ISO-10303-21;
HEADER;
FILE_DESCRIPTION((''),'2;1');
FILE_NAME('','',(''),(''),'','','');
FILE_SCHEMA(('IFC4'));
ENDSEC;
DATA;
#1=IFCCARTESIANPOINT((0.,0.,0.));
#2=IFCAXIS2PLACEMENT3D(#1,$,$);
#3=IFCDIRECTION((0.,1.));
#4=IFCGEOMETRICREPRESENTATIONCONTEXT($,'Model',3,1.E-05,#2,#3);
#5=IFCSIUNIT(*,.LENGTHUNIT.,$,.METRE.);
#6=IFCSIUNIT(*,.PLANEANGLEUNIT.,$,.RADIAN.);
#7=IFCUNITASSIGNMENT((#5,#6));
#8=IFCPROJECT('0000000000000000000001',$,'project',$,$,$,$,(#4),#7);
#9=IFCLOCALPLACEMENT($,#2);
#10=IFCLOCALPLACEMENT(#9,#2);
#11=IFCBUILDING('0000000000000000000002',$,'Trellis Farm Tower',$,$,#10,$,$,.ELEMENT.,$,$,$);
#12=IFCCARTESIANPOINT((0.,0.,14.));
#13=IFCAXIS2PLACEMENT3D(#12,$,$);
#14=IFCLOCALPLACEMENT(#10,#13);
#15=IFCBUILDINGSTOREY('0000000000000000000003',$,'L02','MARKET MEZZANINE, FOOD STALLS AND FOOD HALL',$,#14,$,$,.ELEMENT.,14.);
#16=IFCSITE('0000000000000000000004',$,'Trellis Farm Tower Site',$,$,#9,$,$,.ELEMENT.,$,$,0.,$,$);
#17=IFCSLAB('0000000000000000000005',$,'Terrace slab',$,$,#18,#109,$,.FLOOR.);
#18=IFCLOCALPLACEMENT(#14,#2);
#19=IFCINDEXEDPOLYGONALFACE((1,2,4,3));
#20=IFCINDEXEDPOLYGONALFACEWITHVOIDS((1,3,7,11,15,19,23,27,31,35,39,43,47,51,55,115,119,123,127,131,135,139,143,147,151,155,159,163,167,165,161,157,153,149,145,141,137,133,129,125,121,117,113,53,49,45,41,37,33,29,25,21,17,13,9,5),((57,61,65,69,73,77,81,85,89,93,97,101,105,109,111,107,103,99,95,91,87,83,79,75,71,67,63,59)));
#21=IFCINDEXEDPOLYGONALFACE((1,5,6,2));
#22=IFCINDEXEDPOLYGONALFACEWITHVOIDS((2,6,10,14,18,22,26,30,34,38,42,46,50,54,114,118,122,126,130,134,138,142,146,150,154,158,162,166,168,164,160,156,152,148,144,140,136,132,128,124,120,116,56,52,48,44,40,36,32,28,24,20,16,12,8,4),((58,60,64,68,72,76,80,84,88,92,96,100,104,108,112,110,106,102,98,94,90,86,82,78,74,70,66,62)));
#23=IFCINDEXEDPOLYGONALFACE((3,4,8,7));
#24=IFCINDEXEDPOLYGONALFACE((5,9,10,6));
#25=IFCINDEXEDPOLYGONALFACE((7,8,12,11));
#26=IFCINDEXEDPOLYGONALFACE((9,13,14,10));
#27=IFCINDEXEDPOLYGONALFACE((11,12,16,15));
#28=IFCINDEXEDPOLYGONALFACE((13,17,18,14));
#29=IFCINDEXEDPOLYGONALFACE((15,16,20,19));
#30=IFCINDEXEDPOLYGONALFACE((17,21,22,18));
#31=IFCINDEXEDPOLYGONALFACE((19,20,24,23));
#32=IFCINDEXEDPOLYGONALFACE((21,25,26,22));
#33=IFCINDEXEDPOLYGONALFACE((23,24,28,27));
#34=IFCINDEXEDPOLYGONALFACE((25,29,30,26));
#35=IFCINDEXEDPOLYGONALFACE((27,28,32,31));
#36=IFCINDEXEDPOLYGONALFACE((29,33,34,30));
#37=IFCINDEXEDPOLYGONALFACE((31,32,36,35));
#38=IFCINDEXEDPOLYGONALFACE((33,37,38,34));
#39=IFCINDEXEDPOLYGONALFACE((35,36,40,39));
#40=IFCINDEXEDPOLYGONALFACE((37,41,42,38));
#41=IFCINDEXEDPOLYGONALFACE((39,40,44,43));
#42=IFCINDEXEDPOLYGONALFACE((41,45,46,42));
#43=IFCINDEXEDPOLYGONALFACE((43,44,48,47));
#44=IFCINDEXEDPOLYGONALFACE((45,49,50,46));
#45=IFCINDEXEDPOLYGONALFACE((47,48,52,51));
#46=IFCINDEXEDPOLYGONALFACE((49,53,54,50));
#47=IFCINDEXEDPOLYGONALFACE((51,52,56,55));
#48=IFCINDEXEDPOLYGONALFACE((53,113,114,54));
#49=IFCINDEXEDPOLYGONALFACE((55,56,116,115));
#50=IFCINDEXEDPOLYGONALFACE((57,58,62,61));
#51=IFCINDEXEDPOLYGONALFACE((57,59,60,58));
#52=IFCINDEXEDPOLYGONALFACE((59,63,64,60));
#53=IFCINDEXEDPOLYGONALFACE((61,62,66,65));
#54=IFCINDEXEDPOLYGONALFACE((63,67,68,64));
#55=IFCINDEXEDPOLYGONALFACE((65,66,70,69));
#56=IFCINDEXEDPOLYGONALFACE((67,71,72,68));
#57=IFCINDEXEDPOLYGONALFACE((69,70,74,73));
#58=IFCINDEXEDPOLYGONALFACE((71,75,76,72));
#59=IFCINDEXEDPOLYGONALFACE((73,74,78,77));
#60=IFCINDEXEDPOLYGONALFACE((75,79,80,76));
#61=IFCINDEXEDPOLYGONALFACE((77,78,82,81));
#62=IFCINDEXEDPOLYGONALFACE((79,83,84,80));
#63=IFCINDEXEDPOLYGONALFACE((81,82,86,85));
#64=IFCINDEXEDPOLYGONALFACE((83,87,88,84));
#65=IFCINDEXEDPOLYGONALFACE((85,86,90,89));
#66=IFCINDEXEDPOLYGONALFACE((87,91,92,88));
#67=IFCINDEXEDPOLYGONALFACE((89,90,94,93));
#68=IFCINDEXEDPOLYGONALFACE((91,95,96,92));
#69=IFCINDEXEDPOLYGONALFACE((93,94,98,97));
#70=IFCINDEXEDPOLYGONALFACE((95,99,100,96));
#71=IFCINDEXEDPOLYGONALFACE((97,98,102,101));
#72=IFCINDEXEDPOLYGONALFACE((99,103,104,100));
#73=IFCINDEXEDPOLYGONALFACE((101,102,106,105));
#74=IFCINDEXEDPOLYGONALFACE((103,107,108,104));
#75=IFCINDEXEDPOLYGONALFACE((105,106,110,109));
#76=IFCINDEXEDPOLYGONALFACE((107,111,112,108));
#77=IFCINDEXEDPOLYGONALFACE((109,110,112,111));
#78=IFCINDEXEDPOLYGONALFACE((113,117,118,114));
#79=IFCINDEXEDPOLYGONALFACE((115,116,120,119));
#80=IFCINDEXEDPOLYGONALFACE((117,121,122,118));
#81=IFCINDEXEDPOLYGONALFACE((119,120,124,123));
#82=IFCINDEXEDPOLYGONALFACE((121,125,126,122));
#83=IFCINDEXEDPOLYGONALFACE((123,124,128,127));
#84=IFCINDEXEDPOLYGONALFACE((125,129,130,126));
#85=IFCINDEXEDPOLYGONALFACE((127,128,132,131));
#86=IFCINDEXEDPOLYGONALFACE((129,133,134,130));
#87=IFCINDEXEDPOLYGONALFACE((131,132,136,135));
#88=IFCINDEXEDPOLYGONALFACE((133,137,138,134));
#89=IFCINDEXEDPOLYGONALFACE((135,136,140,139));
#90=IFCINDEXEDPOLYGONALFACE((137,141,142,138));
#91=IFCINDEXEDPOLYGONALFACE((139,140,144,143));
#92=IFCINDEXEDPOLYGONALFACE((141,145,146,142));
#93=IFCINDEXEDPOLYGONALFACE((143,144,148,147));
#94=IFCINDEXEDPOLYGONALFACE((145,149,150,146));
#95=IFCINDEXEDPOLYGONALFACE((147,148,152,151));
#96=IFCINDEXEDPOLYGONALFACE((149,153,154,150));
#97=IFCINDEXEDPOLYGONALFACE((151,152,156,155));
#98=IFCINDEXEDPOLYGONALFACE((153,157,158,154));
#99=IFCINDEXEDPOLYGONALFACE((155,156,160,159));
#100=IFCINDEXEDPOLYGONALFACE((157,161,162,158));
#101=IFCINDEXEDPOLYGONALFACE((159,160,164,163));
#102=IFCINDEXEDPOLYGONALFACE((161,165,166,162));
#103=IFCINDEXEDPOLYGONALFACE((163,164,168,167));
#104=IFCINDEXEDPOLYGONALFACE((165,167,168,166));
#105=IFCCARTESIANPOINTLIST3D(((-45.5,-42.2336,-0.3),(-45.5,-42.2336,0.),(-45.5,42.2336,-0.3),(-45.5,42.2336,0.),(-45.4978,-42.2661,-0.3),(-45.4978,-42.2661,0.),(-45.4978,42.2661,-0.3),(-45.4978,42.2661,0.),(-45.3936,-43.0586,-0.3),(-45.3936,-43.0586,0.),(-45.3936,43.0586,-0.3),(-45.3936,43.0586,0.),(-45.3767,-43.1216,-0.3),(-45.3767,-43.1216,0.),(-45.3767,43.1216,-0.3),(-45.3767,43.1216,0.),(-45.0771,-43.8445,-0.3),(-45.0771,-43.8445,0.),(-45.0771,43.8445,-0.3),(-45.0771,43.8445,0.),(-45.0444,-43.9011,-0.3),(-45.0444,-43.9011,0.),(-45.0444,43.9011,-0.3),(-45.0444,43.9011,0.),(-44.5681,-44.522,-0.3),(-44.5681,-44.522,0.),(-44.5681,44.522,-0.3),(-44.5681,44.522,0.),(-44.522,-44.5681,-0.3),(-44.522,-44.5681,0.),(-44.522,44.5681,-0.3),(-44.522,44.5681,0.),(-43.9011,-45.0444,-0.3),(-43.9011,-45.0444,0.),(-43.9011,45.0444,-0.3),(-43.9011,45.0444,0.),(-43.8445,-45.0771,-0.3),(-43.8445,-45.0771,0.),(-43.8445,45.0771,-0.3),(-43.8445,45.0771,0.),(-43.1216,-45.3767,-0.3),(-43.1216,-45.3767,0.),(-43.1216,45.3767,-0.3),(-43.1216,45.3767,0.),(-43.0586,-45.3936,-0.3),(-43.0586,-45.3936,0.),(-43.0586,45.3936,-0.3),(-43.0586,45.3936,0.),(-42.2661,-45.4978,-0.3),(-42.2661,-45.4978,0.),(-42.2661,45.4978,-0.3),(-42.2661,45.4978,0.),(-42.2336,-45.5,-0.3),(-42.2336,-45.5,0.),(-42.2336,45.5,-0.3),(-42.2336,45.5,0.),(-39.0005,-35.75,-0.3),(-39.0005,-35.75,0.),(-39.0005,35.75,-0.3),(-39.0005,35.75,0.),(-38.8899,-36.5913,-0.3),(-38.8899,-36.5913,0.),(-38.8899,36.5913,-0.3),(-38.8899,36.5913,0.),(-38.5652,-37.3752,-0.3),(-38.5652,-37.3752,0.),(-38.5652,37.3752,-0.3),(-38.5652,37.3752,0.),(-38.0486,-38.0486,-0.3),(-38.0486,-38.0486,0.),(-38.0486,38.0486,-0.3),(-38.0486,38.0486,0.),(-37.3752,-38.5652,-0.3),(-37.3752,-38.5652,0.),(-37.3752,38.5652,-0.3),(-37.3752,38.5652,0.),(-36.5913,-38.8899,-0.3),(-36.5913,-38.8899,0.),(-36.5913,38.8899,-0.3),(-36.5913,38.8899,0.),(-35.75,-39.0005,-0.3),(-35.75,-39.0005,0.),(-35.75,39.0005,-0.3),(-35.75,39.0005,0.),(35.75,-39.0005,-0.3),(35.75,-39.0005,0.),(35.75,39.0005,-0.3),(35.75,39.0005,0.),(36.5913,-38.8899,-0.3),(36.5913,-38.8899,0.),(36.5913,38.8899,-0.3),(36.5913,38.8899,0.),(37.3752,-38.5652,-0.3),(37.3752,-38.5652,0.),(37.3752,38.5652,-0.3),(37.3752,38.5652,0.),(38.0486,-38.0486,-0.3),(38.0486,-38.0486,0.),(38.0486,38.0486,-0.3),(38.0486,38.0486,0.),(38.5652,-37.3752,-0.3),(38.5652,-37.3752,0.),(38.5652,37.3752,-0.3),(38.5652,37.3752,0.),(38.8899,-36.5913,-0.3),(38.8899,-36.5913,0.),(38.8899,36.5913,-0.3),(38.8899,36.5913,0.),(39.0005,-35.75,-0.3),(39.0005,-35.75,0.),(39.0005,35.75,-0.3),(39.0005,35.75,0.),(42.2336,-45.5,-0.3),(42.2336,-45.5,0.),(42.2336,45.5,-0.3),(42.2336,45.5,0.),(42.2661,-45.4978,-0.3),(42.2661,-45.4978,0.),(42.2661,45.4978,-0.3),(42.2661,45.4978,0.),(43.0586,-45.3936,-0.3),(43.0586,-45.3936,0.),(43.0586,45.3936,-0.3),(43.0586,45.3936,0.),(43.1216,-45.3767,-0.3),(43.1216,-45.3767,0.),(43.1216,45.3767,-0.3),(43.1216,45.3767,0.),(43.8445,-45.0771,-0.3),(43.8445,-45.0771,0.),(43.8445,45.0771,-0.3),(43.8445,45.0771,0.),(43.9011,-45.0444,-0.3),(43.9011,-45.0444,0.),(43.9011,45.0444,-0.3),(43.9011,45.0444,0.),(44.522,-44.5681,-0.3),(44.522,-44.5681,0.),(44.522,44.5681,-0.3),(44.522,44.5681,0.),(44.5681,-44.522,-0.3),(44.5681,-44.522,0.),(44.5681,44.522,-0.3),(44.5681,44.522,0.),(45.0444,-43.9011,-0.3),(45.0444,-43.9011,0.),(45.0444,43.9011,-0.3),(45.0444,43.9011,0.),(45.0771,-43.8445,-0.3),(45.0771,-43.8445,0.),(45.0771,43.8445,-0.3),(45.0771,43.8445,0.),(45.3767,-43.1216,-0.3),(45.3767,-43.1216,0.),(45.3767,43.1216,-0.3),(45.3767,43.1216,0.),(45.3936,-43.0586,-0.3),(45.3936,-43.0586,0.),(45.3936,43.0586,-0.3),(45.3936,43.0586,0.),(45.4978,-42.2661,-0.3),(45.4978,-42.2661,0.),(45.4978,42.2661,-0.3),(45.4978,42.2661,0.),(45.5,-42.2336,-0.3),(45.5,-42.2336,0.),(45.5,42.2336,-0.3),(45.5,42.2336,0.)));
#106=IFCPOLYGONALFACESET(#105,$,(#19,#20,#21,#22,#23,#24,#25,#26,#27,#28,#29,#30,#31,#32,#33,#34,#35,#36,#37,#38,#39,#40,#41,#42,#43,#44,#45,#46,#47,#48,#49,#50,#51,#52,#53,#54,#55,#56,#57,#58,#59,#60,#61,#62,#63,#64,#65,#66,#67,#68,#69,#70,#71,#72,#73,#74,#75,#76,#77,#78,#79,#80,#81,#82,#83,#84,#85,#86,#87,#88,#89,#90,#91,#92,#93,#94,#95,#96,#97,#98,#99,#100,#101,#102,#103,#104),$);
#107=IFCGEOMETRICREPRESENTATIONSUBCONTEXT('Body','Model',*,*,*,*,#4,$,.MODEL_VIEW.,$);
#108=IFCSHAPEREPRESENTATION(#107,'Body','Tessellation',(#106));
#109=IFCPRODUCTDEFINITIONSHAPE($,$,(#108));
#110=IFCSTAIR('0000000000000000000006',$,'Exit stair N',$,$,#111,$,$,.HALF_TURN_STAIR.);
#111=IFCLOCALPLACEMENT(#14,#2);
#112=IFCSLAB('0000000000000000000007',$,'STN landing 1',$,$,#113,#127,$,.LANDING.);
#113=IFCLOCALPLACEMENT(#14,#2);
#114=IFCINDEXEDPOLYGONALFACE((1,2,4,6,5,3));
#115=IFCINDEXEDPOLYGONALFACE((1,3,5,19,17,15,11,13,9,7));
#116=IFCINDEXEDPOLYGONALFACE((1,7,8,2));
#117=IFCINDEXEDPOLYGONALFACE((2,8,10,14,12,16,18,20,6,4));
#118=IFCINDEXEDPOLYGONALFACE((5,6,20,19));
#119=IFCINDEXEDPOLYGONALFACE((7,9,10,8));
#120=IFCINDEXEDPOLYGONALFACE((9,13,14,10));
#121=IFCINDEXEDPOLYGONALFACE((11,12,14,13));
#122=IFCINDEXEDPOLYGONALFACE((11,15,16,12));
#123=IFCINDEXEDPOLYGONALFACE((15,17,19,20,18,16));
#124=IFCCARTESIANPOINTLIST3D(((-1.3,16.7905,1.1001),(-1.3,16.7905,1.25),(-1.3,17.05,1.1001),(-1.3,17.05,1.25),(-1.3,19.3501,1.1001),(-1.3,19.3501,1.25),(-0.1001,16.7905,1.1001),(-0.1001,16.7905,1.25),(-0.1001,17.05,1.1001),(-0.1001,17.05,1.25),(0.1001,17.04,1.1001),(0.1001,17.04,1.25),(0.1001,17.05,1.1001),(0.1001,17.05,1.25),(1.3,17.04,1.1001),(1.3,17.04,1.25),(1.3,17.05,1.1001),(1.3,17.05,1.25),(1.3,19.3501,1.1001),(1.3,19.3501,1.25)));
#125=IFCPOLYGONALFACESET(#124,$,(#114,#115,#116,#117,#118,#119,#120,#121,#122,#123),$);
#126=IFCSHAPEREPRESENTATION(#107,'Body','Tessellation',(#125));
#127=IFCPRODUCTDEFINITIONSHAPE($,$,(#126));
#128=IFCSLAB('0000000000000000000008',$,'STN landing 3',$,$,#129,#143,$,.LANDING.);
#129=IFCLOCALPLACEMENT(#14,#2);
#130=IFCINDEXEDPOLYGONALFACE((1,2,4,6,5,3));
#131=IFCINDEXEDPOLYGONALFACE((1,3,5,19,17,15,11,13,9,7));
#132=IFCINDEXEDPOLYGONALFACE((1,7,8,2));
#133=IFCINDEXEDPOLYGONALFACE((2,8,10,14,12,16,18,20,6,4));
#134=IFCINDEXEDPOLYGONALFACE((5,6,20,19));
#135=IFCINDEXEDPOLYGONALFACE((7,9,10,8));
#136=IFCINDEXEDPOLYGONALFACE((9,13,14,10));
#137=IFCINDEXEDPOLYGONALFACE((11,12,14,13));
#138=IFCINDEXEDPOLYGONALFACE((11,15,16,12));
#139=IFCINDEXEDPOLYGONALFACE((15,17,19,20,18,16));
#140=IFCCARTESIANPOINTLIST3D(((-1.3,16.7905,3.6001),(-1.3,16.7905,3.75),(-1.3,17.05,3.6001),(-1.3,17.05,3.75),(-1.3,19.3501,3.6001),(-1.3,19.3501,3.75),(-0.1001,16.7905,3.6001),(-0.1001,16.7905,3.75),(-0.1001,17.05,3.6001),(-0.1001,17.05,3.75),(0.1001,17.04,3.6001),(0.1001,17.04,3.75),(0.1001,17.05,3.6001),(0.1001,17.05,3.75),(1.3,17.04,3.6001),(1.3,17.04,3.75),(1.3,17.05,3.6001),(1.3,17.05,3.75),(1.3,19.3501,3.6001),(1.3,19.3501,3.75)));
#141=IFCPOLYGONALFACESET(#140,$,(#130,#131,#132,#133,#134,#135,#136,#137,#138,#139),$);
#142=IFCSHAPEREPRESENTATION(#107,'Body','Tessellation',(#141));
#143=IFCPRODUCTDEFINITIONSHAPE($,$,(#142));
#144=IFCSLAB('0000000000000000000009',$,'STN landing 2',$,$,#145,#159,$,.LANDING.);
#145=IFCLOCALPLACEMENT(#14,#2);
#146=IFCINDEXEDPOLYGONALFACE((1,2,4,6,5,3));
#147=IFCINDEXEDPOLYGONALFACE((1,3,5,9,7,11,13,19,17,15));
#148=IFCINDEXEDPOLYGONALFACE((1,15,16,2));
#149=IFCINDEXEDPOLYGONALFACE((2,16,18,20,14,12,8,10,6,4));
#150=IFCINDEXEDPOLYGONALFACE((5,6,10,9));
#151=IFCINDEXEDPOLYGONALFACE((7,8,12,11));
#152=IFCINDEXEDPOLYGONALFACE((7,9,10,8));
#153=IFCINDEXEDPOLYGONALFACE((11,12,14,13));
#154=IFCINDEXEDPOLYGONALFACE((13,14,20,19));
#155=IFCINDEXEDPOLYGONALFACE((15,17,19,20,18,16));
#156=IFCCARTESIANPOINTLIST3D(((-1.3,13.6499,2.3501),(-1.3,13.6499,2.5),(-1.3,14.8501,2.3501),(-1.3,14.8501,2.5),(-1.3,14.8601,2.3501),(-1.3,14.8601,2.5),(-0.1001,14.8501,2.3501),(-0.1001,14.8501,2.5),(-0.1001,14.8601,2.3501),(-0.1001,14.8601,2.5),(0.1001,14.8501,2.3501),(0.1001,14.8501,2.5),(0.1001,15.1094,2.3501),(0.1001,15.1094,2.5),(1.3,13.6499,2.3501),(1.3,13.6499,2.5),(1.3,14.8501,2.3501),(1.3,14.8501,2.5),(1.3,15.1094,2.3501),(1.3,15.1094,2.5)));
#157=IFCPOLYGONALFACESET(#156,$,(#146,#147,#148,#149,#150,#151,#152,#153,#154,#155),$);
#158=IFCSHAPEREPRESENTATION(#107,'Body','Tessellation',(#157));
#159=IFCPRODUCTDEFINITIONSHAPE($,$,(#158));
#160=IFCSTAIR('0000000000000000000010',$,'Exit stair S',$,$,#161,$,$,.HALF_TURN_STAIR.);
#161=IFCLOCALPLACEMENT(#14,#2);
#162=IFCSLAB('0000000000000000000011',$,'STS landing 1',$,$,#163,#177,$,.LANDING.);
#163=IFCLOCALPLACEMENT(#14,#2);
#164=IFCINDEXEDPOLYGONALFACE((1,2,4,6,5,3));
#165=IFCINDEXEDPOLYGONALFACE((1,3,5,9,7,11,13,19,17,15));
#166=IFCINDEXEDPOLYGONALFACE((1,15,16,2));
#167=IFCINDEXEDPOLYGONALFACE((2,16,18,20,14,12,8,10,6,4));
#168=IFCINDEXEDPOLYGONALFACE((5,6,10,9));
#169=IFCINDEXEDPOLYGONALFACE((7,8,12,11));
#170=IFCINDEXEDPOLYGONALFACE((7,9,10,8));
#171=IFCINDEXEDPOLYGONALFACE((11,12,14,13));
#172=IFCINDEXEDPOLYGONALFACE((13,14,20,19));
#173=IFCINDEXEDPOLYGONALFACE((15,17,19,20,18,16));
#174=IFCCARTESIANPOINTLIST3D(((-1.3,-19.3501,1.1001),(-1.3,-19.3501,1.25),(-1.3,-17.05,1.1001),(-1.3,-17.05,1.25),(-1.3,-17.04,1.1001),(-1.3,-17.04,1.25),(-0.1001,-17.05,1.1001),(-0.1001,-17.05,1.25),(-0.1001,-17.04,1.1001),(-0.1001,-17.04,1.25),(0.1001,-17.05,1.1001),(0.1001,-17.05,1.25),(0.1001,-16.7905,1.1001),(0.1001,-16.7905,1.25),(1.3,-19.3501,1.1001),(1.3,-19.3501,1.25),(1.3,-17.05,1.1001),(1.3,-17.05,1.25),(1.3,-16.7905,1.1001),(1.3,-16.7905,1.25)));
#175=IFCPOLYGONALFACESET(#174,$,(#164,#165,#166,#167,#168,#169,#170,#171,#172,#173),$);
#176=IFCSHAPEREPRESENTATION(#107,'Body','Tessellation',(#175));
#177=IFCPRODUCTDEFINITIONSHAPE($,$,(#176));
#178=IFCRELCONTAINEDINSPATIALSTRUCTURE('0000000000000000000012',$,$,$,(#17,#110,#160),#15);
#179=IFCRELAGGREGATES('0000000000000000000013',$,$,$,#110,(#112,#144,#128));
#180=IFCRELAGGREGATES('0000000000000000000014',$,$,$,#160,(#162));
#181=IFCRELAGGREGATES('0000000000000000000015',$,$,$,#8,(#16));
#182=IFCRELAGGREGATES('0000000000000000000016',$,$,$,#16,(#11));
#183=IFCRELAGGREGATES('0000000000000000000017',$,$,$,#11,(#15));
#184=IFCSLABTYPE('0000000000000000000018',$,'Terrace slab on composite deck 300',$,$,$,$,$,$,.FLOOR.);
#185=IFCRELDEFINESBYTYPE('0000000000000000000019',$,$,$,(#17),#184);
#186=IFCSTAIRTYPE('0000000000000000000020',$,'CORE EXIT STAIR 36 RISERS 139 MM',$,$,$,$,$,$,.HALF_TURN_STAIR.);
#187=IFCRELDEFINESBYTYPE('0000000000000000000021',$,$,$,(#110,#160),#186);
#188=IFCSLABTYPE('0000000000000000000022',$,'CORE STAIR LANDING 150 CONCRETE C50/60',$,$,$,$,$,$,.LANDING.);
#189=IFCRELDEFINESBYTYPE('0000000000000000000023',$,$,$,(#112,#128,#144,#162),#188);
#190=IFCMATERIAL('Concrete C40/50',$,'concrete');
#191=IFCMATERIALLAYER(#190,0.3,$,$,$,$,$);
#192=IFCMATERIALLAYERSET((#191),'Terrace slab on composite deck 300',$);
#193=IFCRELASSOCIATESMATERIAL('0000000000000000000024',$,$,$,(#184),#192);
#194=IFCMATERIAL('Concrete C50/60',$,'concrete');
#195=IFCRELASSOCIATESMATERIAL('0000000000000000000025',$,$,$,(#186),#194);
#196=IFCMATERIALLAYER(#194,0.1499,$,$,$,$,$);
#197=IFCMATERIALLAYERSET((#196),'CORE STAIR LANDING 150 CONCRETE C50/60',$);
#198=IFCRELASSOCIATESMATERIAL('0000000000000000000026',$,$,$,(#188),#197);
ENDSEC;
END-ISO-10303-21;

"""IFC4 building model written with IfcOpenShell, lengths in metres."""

from ifc_helpers import new_model, si_unit, direction, frame, origin, place, context, subcontext, project, spatial, polyline, outline, extrude, source, transform, mapped, material, layer, layer_set, type_object, element, aggregate, save


model = new_model("IFC4")

# Units and contexts
model_context = context("Model", 3, precision=1e-05, world=origin(), true_north=direction((0.0, 1.0)))
body_context = subcontext(model_context, "Body", "Model", "MODEL_VIEW")
ifc_project = project(units=[si_unit("LENGTHUNIT", "METRE"), si_unit("PLANEANGLEUNIT", "RADIAN")], contexts=[model_context])

# Site, building, storey
site_placement = place(None, origin())
site = spatial("IfcSite", under=ifc_project, at=site_placement, Name="Trellis Farm Tower Site", CompositionType="ELEMENT", RefElevation=0.0)
building_placement = place(site_placement, origin())
building = spatial("IfcBuilding", under=site, at=building_placement, Name="Trellis Farm Tower", CompositionType="ELEMENT")
storey_placement = place(building_placement, frame((0.0, 0.0, 14.0)))
storey = spatial("IfcBuildingStorey", under=building, at=storey_placement, Name="L02", Description="MARKET MEZZANINE, FOOD STALLS AND FOOD HALL", CompositionType="ELEMENT", Elevation=14.0)

# Slab
ifc_material_1 = material(Name="Concrete C40/50", Category="concrete")
ifc_layer_1 = layer(ifc_material_1, 0.3)
ifc_layer_set_1 = layer_set([ifc_layer_1], Name="Terrace slab on composite deck 300")
slab_type_1 = type_object("IfcSlabType", Name="Terrace slab on composite deck 300", PredefinedType="FLOOR", material=ifc_layer_set_1)
placement_1 = place(storey_placement, frame((0.0, 0.0, -0.3)))
element("IfcSlab", 1, at=placement_1, inside=storey, type_object=slab_type_1, Name="Terrace slab", PredefinedType="FLOOR", context=body_context, shape_type="SweptSolid", body=[
    extrude(outline(polyline([(45.0771, -43.8445), (45.0444, -43.9011), (44.5681, -44.522), (44.522, -44.5681), (43.9011, -45.0444), (43.8445, -45.0771), (43.1216, -45.3767), (43.0586, -45.3936), (42.2661, -45.4978), (42.2336, -45.5), (-42.2336, -45.5), (-42.2661, -45.4978), (-43.0586, -45.3936), (-43.1216, -45.3767), (-43.8445, -45.0771), (-43.9011, -45.0444), (-44.522, -44.5681), (-44.5681, -44.522), (-45.0444, -43.9011), (-45.0771, -43.8445), (-45.3767, -43.1216), (-45.3936, -43.0586), (-45.4978, -42.2661), (-45.5, -42.2336), (-45.5, 42.2336), (-45.4978, 42.2661), (-45.3936, 43.0586), (-45.3767, 43.1216), (-45.0771, 43.8445), (-45.0444, 43.9011), (-44.5681, 44.522), (-44.522, 44.5681), (-43.9011, 45.0444), (-43.8445, 45.0771), (-43.1216, 45.3767), (-43.0586, 45.3936), (-42.2661, 45.4978), (-42.2336, 45.5), (42.2336, 45.5), (42.2661, 45.4978), (43.0586, 45.3936), (43.1216, 45.3767), (43.8445, 45.0771), (43.9011, 45.0444), (44.522, 44.5681), (44.5681, 44.522), (45.0444, 43.9011), (45.0771, 43.8445), (45.3767, 43.1216), (45.3936, 43.0586), (45.4978, 42.2661), (45.5, 42.2336), (45.5, -42.2336), (45.4978, -42.2661), (45.3936, -43.0586), (45.3767, -43.1216), (45.0771, -43.8445)]), holes=[polyline([(38.8899, 36.5913), (38.5652, 37.3752), (38.0486, 38.0486), (37.3752, 38.5652), (36.5913, 38.8899), (35.75, 39.0005), (-35.75, 39.0005), (-36.5913, 38.8899), (-37.3752, 38.5652), (-38.0486, 38.0486), (-38.5652, 37.3752), (-38.8899, 36.5913), (-39.0005, 35.75), (-39.0005, -35.75), (-38.8899, -36.5913), (-38.5652, -37.3752), (-38.0486, -38.0486), (-37.3752, -38.5652), (-36.5913, -38.8899), (-35.75, -39.0005), (35.75, -39.0005), (36.5913, -38.8899), (37.3752, -38.5652), (38.0486, -38.0486), (38.5652, -37.3752), (38.8899, -36.5913), (39.0005, -35.75), (39.0005, 35.75), (38.8899, 36.5913)])]), origin(), (0.0, 0.0, 1.0), 0.3),
])

# Stairs, slabs
ifc_material_2 = material(Name="Concrete C50/60", Category="concrete")
stair_type = type_object("IfcStairType", Name="CORE EXIT STAIR 36 RISERS 139 MM", PredefinedType="HALF_TURN_STAIR", material=ifc_material_2)
placement_2 = place(storey_placement, origin())
stair_1 = element("IfcStair", 2, at=placement_2, inside=storey, type_object=stair_type, Name="Exit stair N", PredefinedType="HALF_TURN_STAIR")
ifc_layer_2 = layer(ifc_material_2, 0.1499)
ifc_layer_set_2 = layer_set([ifc_layer_2], Name="CORE STAIR LANDING 150 CONCRETE C50/60")
slab_type_2 = type_object("IfcSlabType", Name="CORE STAIR LANDING 150 CONCRETE C50/60", PredefinedType="LANDING", material=ifc_layer_set_2)
shared_shape_1 = source(origin(), body_context, "Body", "SweptSolid", [
    extrude(outline(polyline([(-0.1001, 16.7905), (-1.3, 16.7905), (-1.3, 17.05), (-1.3, 19.3501), (1.3, 19.3501), (1.3, 17.05), (1.3, 17.04), (0.1001, 17.04), (0.1001, 17.05), (-0.1001, 17.05), (-0.1001, 16.7905)])), origin(), (0.0, 0.0, 1.0), 0.1499),
])
placement_3 = place(storey_placement, frame((0.0, 0.0, 1.1001)))
slab_1 = element("IfcSlab", 3, at=placement_3, type_object=slab_type_2, Name="STN landing 1", PredefinedType="LANDING", context=body_context, shape_type="MappedRepresentation", body=[
    mapped(shared_shape_1, transform((0.0, 0.0, 0.0))),
])
placement_4 = place(storey_placement, frame((0.0, 0.0, 3.6001)))
slab_2 = element("IfcSlab", 4, at=placement_4, type_object=slab_type_2, Name="STN landing 3", PredefinedType="LANDING", context=body_context, shape_type="MappedRepresentation", body=[
    mapped(shared_shape_1, transform((0.0, 0.0, 0.0))),
])
shared_shape_2 = source(origin(), body_context, "Body", "SweptSolid", [
    extrude(outline(polyline([(1.3, 13.6499), (-1.3, 13.6499), (-1.3, 14.8501), (-1.3, 14.8601), (-0.1001, 14.8601), (-0.1001, 14.8501), (0.1001, 14.8501), (0.1001, 15.1094), (1.3, 15.1094), (1.3, 14.8501), (1.3, 13.6499)])), origin(), (0.0, 0.0, 1.0), 0.1499),
])
placement_5 = place(storey_placement, frame((0.0, 0.0, 2.3501)))
slab_3 = element("IfcSlab", 5, at=placement_5, type_object=slab_type_2, Name="STN landing 2", PredefinedType="LANDING", context=body_context, shape_type="MappedRepresentation", body=[
    mapped(shared_shape_2, transform((0.0, 0.0, 0.0))),
])
aggregate(stair_1, [slab_1, slab_3, slab_2])
stair_2 = element("IfcStair", 6, at=placement_2, inside=storey, type_object=stair_type, Name="Exit stair S", PredefinedType="HALF_TURN_STAIR")
shared_shape_3 = source(origin(), body_context, "Body", "SweptSolid", [
    extrude(outline(polyline([(1.3, -19.3501), (-1.3, -19.3501), (-1.3, -17.05), (-1.3, -17.04), (-0.1001, -17.04), (-0.1001, -17.05), (0.1001, -17.05), (0.1001, -16.7905), (1.3, -16.7905), (1.3, -17.05), (1.3, -19.3501)])), origin(), (0.0, 0.0, 1.0), 0.1499),
])
slab_4 = element("IfcSlab", 7, at=placement_3, type_object=slab_type_2, Name="STS landing 1", PredefinedType="LANDING", context=body_context, shape_type="MappedRepresentation", body=[
    mapped(shared_shape_3, transform((0.0, 0.0, 0.0))),
])
aggregate(stair_2, [slab_4])

save(model, "model.ifc")
